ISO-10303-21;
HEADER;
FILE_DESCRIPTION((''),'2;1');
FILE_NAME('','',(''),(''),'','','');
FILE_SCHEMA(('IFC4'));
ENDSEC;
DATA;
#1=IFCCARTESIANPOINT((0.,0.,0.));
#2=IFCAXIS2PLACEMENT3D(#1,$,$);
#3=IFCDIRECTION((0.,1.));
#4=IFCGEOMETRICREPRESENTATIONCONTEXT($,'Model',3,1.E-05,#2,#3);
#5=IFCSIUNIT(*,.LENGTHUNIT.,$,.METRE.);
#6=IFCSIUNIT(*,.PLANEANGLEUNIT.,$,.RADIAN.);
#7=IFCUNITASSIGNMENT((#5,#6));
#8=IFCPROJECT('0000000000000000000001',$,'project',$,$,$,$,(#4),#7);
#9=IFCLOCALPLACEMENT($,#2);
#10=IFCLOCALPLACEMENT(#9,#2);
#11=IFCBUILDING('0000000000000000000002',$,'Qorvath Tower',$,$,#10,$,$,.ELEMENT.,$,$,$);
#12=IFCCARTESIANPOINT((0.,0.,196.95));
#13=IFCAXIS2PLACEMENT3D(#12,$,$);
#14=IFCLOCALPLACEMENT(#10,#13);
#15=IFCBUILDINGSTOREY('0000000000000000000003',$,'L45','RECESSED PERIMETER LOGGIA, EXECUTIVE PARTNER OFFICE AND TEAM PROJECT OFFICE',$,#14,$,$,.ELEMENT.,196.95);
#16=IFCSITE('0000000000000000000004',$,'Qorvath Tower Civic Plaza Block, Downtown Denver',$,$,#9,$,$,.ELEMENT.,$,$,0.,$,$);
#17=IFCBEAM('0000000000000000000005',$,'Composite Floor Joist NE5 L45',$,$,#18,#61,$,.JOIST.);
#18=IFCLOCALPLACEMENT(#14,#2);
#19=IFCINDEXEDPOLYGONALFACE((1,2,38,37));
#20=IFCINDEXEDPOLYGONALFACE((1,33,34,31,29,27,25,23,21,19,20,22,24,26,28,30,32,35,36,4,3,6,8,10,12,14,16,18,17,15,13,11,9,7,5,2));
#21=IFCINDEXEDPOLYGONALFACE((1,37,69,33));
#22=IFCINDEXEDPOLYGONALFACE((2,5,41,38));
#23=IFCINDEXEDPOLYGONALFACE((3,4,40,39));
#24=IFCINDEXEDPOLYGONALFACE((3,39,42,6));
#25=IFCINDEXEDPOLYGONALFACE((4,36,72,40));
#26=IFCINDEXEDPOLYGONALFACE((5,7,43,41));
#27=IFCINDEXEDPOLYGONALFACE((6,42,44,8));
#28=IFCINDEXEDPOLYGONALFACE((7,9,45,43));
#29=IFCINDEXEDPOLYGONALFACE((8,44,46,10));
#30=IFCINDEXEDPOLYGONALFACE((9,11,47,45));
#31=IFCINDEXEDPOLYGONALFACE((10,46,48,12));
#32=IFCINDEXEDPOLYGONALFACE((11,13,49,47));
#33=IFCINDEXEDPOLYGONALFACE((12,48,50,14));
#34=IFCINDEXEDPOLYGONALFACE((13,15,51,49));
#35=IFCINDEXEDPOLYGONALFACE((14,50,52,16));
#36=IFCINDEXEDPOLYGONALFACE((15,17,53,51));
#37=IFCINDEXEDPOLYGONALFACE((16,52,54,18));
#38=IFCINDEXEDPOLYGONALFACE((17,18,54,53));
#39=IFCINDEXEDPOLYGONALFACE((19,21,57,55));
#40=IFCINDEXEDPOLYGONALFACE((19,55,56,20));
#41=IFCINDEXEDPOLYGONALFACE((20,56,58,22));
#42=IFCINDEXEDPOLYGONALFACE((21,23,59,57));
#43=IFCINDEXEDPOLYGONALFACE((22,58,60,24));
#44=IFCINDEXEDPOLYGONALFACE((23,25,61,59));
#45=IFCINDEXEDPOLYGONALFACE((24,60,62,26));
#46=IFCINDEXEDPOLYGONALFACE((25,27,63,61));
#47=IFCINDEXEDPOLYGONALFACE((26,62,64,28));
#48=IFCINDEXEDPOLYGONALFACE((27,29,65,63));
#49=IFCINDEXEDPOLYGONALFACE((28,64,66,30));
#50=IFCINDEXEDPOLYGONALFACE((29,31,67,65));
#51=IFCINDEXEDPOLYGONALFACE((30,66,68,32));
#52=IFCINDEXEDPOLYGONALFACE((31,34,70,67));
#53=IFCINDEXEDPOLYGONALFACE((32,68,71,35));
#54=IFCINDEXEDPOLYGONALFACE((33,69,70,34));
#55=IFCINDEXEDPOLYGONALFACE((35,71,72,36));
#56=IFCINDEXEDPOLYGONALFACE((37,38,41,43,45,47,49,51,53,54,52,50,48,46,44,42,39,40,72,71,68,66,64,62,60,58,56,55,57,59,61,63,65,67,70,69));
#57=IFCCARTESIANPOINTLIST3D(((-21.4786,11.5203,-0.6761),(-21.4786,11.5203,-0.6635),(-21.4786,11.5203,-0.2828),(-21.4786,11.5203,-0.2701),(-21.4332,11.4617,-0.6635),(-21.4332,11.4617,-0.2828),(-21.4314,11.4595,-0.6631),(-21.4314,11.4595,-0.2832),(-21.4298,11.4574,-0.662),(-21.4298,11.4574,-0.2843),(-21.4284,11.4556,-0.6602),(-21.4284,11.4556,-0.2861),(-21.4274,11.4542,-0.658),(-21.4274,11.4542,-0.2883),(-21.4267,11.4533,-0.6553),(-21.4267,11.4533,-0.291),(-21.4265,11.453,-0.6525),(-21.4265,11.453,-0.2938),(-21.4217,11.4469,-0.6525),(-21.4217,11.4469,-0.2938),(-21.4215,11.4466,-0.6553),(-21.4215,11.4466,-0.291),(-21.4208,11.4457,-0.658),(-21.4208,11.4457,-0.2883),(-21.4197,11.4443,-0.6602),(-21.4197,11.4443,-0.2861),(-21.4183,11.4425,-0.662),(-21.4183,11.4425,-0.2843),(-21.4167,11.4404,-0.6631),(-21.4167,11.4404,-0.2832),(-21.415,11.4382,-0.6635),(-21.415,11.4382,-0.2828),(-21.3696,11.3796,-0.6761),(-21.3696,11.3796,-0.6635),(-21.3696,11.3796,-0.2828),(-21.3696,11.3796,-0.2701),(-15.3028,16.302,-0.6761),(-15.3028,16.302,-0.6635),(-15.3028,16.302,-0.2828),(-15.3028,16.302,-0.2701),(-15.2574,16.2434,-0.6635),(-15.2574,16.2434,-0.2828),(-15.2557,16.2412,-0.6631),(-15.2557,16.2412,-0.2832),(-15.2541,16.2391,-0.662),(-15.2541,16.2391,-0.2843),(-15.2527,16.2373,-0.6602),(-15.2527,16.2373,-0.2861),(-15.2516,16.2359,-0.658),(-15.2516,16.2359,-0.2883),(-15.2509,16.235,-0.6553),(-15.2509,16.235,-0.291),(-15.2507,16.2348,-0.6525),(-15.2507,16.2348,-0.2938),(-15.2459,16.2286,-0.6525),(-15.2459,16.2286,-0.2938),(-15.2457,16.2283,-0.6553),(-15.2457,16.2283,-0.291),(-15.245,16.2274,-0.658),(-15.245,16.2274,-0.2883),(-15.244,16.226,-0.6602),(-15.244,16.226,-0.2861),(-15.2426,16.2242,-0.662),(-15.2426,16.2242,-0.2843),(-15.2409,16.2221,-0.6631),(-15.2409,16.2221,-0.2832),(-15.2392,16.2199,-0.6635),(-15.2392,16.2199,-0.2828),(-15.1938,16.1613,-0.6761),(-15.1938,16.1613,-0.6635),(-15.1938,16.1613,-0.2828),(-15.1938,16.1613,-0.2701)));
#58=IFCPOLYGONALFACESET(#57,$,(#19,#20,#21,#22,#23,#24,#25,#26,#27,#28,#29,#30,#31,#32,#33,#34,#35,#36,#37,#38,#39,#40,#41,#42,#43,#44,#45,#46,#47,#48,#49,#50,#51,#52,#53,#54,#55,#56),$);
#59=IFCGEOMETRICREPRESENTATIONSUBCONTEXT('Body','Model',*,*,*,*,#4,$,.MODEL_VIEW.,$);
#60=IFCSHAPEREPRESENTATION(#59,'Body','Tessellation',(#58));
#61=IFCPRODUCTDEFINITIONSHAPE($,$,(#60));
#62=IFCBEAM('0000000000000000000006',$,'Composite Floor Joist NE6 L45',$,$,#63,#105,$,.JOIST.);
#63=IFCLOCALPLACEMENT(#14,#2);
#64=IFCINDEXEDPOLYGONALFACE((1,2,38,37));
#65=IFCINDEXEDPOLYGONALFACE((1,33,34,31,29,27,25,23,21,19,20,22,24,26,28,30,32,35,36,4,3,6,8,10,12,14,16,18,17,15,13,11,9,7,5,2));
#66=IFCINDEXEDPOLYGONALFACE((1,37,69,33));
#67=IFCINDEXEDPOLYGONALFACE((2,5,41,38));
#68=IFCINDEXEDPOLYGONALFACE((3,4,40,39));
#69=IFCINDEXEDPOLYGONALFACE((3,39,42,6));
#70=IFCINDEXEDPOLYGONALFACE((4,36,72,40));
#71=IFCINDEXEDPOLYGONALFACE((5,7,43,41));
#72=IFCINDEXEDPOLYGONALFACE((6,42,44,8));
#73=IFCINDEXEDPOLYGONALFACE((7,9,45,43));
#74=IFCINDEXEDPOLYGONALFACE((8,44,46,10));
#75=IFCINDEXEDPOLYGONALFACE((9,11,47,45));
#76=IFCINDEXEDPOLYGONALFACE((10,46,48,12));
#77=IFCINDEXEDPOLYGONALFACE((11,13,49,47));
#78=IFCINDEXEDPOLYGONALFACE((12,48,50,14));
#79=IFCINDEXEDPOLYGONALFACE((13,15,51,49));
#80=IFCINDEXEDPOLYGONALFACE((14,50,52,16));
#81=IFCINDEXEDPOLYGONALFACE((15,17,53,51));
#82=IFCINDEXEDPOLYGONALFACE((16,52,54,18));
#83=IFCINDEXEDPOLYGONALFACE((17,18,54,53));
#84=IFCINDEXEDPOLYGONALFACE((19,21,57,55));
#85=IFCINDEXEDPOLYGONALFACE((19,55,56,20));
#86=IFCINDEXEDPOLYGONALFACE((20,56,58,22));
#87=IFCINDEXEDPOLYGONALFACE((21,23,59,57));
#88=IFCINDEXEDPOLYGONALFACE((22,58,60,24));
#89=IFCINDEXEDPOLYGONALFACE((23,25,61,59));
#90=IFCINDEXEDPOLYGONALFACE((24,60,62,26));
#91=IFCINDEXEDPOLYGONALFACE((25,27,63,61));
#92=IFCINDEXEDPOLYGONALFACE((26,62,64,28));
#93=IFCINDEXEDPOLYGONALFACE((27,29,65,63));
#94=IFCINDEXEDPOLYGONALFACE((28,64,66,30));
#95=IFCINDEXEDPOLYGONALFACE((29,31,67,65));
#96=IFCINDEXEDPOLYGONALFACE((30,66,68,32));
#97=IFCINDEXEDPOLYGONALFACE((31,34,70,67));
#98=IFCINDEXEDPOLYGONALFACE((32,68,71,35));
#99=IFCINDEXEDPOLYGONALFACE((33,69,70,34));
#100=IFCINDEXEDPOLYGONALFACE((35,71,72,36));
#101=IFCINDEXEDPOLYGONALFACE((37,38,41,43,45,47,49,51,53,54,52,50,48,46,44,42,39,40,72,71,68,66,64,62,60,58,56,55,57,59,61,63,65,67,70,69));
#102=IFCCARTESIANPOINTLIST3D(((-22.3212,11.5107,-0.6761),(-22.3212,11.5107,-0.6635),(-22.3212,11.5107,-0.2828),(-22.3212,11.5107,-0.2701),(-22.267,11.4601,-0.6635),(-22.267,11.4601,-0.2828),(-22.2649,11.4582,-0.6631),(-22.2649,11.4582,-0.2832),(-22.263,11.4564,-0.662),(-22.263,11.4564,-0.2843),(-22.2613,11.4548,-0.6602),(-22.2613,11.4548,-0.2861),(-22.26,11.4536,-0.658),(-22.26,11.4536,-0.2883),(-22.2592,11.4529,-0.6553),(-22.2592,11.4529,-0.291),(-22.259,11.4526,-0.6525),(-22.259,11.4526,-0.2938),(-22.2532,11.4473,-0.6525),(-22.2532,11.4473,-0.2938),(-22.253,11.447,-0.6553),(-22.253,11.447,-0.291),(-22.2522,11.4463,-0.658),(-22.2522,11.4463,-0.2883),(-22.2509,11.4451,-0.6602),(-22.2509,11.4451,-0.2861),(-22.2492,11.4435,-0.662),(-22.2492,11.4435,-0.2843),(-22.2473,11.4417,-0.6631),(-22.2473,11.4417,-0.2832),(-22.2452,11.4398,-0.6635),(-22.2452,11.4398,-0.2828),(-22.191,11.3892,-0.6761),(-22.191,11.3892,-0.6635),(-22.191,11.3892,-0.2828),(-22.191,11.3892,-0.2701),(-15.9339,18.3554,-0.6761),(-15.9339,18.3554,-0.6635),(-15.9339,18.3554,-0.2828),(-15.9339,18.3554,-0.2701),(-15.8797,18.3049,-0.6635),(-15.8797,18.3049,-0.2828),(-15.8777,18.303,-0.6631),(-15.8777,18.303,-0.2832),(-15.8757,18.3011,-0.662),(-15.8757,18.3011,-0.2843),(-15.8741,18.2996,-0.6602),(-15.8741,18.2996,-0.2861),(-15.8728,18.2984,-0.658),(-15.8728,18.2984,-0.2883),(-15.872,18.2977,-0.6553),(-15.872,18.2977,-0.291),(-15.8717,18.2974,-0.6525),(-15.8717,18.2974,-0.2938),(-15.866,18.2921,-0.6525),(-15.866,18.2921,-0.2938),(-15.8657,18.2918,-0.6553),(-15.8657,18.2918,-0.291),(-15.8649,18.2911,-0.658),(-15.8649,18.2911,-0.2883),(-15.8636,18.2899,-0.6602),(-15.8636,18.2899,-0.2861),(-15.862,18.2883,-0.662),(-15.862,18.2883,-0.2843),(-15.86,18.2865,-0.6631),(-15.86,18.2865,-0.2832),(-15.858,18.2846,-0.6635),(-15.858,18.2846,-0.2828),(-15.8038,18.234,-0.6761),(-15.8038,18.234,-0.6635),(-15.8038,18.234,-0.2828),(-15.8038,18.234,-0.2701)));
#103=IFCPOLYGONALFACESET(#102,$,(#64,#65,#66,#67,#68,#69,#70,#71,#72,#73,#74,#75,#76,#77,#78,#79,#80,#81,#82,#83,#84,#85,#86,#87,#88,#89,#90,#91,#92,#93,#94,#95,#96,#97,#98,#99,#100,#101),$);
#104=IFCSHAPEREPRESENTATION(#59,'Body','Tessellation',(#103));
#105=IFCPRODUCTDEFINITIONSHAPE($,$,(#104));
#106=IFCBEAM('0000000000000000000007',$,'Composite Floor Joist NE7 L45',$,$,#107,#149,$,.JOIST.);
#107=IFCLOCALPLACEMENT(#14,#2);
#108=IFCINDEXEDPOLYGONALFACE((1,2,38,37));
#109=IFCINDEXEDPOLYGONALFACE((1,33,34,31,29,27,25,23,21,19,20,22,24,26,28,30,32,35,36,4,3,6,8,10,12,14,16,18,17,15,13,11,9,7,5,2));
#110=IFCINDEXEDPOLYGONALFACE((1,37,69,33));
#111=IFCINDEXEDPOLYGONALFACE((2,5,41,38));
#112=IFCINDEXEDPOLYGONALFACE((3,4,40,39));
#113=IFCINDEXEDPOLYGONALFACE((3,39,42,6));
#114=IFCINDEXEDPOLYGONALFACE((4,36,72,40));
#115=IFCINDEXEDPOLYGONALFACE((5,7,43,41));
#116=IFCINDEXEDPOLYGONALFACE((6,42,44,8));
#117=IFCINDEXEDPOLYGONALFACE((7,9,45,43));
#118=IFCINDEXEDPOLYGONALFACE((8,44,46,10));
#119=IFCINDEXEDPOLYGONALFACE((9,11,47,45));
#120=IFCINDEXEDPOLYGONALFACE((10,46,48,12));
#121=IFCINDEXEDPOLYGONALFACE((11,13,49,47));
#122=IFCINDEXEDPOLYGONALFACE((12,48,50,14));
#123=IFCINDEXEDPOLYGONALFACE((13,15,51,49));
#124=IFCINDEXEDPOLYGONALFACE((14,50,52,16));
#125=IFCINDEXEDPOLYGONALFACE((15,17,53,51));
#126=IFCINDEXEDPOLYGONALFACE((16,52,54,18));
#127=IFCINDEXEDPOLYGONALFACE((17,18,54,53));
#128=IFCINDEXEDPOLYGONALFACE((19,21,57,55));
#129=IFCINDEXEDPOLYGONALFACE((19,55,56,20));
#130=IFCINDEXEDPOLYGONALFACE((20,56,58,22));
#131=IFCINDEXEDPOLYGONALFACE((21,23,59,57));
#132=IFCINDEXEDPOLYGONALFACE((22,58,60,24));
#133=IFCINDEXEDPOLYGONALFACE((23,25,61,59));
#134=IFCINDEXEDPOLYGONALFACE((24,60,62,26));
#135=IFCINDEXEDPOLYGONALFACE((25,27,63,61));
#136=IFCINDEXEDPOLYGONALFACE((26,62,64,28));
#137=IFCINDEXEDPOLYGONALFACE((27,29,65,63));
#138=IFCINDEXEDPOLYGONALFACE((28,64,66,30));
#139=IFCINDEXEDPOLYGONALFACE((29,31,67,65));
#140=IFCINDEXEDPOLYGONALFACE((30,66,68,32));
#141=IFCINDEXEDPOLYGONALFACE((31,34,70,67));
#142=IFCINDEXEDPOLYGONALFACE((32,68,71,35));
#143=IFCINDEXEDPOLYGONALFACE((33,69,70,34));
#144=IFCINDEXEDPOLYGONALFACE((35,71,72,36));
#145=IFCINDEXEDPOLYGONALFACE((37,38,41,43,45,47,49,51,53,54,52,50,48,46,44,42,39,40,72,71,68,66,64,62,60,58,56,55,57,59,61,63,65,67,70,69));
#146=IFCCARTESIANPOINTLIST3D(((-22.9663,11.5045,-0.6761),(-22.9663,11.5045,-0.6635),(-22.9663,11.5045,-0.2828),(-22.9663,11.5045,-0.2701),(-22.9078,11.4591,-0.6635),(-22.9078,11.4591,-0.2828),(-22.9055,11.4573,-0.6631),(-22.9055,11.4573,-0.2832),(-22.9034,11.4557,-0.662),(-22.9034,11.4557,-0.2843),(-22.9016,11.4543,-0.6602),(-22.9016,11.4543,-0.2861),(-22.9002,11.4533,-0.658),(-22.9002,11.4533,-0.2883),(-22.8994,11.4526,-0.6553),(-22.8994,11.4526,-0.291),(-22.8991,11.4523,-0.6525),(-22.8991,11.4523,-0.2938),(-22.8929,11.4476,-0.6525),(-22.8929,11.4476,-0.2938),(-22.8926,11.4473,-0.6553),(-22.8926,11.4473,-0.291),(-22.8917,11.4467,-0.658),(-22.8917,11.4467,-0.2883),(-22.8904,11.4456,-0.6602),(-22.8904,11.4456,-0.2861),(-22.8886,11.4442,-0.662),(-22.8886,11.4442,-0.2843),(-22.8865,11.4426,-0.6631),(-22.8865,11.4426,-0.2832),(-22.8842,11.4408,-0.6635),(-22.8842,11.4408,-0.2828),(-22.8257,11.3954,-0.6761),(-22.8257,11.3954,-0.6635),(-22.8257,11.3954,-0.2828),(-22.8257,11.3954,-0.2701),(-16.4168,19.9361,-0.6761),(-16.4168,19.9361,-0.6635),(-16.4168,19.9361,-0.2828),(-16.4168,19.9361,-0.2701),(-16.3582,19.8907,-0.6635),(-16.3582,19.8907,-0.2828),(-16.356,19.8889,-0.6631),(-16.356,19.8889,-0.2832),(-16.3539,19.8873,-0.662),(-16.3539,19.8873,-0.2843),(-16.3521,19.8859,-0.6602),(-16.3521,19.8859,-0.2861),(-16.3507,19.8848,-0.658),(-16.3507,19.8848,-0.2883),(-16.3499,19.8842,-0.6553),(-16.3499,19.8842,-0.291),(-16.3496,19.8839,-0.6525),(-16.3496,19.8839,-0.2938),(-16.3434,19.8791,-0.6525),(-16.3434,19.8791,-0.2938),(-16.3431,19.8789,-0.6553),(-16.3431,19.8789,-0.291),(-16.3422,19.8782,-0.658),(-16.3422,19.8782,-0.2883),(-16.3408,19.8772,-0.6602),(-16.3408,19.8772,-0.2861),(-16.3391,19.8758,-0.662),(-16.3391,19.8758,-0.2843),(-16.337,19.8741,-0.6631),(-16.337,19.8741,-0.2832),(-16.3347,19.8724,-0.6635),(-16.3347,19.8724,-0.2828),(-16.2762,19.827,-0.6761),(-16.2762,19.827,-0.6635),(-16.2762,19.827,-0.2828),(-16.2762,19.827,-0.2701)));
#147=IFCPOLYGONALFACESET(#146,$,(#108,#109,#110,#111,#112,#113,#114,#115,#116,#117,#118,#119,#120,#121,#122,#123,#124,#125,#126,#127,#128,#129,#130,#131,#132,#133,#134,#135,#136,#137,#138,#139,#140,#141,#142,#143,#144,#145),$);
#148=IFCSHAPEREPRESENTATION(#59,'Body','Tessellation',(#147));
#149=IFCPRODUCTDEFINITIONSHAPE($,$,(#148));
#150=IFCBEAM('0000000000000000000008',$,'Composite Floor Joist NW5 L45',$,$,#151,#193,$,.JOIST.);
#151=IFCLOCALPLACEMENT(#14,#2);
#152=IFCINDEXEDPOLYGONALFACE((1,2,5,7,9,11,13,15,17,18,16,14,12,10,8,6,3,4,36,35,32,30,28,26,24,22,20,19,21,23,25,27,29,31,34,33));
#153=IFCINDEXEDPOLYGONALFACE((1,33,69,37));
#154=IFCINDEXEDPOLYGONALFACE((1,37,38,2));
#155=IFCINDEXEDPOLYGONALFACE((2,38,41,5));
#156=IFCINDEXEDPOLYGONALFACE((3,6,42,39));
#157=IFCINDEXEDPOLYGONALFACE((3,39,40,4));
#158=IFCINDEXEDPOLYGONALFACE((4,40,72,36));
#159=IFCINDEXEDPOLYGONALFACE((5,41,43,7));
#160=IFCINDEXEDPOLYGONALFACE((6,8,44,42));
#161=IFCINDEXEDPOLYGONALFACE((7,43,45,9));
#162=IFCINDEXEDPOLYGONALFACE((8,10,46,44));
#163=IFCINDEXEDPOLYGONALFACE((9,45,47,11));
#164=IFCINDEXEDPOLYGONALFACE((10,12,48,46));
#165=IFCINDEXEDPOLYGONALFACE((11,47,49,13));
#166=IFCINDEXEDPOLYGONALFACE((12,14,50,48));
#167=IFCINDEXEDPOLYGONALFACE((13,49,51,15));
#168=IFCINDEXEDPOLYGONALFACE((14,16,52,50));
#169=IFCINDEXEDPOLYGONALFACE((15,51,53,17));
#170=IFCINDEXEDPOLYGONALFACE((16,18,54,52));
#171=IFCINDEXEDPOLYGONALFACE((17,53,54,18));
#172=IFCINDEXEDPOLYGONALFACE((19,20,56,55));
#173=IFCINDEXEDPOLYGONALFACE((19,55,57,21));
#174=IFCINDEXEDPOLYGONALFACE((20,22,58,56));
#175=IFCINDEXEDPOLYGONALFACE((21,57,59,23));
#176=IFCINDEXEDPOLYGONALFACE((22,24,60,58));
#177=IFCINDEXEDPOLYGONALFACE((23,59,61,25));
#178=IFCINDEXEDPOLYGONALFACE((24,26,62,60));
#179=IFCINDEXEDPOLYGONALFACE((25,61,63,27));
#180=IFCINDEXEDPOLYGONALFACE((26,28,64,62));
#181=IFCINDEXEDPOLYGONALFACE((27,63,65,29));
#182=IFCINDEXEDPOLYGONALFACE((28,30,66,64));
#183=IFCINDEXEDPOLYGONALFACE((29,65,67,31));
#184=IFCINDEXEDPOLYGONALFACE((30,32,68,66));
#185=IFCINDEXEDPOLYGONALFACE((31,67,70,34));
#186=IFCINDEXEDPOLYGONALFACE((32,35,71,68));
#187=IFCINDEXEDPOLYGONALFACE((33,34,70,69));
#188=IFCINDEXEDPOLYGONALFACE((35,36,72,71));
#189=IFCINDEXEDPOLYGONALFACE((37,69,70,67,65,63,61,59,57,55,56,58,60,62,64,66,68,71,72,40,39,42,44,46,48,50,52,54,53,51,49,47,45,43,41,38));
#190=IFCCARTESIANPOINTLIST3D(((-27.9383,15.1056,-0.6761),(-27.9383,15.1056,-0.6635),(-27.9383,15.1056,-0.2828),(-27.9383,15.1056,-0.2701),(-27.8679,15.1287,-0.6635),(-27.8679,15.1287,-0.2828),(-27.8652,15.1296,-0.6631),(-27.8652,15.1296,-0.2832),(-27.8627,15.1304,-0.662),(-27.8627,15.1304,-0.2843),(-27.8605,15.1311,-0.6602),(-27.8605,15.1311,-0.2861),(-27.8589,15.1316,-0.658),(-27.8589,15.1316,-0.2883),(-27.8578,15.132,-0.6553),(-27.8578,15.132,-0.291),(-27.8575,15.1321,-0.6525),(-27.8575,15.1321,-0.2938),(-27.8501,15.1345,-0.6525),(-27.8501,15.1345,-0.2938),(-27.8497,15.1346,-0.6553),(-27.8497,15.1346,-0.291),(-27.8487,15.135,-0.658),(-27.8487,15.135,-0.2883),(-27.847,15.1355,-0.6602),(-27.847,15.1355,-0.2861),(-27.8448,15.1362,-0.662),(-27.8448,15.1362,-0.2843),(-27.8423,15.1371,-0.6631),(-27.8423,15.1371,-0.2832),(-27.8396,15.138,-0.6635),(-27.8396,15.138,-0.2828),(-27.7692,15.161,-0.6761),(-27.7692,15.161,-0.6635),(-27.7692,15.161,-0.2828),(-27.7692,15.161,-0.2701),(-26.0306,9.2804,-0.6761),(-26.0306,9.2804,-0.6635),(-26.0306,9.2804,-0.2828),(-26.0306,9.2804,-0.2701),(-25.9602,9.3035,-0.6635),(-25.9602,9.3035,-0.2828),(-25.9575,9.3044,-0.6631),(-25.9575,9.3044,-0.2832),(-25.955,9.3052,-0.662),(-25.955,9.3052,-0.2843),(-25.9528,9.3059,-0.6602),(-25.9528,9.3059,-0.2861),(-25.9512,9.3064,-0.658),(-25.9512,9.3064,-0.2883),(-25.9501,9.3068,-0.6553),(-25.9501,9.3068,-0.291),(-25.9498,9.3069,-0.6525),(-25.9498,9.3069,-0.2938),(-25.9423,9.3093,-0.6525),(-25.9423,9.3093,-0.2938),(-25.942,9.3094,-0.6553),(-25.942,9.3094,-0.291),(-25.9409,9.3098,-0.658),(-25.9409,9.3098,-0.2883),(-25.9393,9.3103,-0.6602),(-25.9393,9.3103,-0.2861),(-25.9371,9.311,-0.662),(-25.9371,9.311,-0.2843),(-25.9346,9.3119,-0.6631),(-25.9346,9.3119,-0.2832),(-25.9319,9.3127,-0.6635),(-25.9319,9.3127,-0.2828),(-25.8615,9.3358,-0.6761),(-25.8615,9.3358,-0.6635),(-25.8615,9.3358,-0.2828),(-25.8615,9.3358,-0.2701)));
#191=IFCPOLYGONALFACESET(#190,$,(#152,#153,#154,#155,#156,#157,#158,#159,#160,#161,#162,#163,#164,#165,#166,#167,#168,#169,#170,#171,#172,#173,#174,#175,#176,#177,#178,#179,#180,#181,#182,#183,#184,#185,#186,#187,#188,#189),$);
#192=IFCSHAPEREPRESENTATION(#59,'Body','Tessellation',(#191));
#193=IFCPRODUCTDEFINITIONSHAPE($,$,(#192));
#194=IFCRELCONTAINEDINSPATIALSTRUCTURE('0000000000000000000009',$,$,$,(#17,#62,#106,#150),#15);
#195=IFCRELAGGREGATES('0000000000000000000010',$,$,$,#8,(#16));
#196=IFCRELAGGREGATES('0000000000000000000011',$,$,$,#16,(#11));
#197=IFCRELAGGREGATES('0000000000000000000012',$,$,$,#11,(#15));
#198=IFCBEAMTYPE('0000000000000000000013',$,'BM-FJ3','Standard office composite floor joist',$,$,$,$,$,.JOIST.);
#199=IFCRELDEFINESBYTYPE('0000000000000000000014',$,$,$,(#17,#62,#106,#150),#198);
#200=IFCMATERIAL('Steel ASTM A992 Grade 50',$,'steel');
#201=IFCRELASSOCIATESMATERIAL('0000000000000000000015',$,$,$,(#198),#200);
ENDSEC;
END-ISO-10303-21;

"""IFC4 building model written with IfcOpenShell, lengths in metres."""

from ifc_helpers import new_model, si_unit, direction, frame, origin, origin_2d, place, context, subcontext, project, spatial, i_section, extrude, material, material_profile, profile_set, type_object, element, save


model = new_model("IFC4")

# Units and contexts
model_context = context("Model", 3, precision=1e-05, world=origin(), true_north=direction((0.0, 1.0)))
body_context = subcontext(model_context, "Body", "Model", "MODEL_VIEW")
ifc_project = project(units=[si_unit("LENGTHUNIT", "METRE"), si_unit("PLANEANGLEUNIT", "RADIAN")], contexts=[model_context])

# Site, building, storey
site_placement = place(None, origin())
site = spatial("IfcSite", under=ifc_project, at=site_placement, Name="Qorvath Tower Civic Plaza Block, Downtown Denver", CompositionType="ELEMENT", RefElevation=0.0)
building_placement = place(site_placement, origin())
building = spatial("IfcBuilding", under=site, at=building_placement, Name="Qorvath Tower", CompositionType="ELEMENT")
storey_placement = place(building_placement, frame((0.0, 0.0, 196.95)))
storey = spatial("IfcBuildingStorey", under=building, at=storey_placement, Name="L45", Description="RECESSED PERIMETER LOGGIA, EXECUTIVE PARTNER OFFICE AND TEAM PROJECT OFFICE", CompositionType="ELEMENT", Elevation=196.95)

# Beams
ifc_material_1 = material(Name="Steel ASTM A992 Grade 50", Category="steel")
ifc_material_profile_1 = material_profile(ifc_material_1, i_section(OverallWidth=0.178, OverallDepth=0.406, WebThickness=0.0078, FlangeThickness=0.0127, FilletRadius=0.011, at=origin_2d()), Name="W16x40")
ifc_profile_set_1 = profile_set([ifc_material_profile_1], Name="Steel ASTM A992 Grade 50")
beam_type_1 = type_object("IfcBeamType", Name="BM-FJ3", Description="Standard office composite floor joist", PredefinedType="JOIST", material=ifc_profile_set_1)
beam_1_placement = place(storey_placement, frame((-21.4241, 11.45, -0.4731), z_axis=(0.790693, 0.612212, 0.0), x_axis=(-0.612212, 0.790693, 0.0)))
element("IfcBeam", 1, at=beam_1_placement, inside=storey, type_object=beam_type_1, Name="Composite Floor Joist NE5 L45", PredefinedType="JOIST", context=body_context, shape_type="SweptSolid", body=[
    extrude(i_section(OverallWidth=0.178, OverallDepth=0.406, WebThickness=0.0078, FlangeThickness=0.0127, FilletRadius=0.011, at=origin_2d()), origin(), (0.0, 0.0, 1.0), 7.8105),
])
beam_2_placement = place(storey_placement, frame((-22.2561, 11.45, -0.4731), z_axis=(0.682249, 0.731119, 0.0), x_axis=(-0.731119, 0.682249, 0.0)))
element("IfcBeam", 2, at=beam_2_placement, inside=storey, type_object=beam_type_1, Name="Composite Floor Joist NE6 L45", PredefinedType="JOIST", context=body_context, shape_type="SweptSolid", body=[
    extrude(i_section(OverallWidth=0.178, OverallDepth=0.406, WebThickness=0.0078, FlangeThickness=0.0127, FilletRadius=0.011, at=origin_2d()), origin(), (0.0, 0.0, 1.0), 9.3621),
])
beam_3_placement = place(storey_placement, frame((-22.896, 11.45, -0.4731), z_axis=(0.613451, 0.789733, 0.0), x_axis=(-0.789733, 0.613451, 0.0)))
element("IfcBeam", 3, at=beam_3_placement, inside=storey, type_object=beam_type_1, Name="Composite Floor Joist NE7 L45", PredefinedType="JOIST", context=body_context, shape_type="SweptSolid", body=[
    extrude(i_section(OverallWidth=0.178, OverallDepth=0.406, WebThickness=0.0078, FlangeThickness=0.0127, FilletRadius=0.011, at=origin_2d()), origin(), (0.0, 0.0, 1.0), 10.6765),
])
beam_4_placement = place(storey_placement, frame((-25.946, 9.3081, -0.4731), z_axis=(-0.311229, 0.950335, 0.0), x_axis=(-0.950335, -0.311229, 0.0)))
element("IfcBeam", 4, at=beam_4_placement, inside=storey, type_object=beam_type_1, Name="Composite Floor Joist NW5 L45", PredefinedType="JOIST", context=body_context, shape_type="SweptSolid", body=[
    extrude(i_section(OverallWidth=0.178, OverallDepth=0.406, WebThickness=0.0078, FlangeThickness=0.0127, FilletRadius=0.011, at=origin_2d()), origin(), (0.0, 0.0, 1.0), 6.1296),
])

save(model, "model.ifc")
